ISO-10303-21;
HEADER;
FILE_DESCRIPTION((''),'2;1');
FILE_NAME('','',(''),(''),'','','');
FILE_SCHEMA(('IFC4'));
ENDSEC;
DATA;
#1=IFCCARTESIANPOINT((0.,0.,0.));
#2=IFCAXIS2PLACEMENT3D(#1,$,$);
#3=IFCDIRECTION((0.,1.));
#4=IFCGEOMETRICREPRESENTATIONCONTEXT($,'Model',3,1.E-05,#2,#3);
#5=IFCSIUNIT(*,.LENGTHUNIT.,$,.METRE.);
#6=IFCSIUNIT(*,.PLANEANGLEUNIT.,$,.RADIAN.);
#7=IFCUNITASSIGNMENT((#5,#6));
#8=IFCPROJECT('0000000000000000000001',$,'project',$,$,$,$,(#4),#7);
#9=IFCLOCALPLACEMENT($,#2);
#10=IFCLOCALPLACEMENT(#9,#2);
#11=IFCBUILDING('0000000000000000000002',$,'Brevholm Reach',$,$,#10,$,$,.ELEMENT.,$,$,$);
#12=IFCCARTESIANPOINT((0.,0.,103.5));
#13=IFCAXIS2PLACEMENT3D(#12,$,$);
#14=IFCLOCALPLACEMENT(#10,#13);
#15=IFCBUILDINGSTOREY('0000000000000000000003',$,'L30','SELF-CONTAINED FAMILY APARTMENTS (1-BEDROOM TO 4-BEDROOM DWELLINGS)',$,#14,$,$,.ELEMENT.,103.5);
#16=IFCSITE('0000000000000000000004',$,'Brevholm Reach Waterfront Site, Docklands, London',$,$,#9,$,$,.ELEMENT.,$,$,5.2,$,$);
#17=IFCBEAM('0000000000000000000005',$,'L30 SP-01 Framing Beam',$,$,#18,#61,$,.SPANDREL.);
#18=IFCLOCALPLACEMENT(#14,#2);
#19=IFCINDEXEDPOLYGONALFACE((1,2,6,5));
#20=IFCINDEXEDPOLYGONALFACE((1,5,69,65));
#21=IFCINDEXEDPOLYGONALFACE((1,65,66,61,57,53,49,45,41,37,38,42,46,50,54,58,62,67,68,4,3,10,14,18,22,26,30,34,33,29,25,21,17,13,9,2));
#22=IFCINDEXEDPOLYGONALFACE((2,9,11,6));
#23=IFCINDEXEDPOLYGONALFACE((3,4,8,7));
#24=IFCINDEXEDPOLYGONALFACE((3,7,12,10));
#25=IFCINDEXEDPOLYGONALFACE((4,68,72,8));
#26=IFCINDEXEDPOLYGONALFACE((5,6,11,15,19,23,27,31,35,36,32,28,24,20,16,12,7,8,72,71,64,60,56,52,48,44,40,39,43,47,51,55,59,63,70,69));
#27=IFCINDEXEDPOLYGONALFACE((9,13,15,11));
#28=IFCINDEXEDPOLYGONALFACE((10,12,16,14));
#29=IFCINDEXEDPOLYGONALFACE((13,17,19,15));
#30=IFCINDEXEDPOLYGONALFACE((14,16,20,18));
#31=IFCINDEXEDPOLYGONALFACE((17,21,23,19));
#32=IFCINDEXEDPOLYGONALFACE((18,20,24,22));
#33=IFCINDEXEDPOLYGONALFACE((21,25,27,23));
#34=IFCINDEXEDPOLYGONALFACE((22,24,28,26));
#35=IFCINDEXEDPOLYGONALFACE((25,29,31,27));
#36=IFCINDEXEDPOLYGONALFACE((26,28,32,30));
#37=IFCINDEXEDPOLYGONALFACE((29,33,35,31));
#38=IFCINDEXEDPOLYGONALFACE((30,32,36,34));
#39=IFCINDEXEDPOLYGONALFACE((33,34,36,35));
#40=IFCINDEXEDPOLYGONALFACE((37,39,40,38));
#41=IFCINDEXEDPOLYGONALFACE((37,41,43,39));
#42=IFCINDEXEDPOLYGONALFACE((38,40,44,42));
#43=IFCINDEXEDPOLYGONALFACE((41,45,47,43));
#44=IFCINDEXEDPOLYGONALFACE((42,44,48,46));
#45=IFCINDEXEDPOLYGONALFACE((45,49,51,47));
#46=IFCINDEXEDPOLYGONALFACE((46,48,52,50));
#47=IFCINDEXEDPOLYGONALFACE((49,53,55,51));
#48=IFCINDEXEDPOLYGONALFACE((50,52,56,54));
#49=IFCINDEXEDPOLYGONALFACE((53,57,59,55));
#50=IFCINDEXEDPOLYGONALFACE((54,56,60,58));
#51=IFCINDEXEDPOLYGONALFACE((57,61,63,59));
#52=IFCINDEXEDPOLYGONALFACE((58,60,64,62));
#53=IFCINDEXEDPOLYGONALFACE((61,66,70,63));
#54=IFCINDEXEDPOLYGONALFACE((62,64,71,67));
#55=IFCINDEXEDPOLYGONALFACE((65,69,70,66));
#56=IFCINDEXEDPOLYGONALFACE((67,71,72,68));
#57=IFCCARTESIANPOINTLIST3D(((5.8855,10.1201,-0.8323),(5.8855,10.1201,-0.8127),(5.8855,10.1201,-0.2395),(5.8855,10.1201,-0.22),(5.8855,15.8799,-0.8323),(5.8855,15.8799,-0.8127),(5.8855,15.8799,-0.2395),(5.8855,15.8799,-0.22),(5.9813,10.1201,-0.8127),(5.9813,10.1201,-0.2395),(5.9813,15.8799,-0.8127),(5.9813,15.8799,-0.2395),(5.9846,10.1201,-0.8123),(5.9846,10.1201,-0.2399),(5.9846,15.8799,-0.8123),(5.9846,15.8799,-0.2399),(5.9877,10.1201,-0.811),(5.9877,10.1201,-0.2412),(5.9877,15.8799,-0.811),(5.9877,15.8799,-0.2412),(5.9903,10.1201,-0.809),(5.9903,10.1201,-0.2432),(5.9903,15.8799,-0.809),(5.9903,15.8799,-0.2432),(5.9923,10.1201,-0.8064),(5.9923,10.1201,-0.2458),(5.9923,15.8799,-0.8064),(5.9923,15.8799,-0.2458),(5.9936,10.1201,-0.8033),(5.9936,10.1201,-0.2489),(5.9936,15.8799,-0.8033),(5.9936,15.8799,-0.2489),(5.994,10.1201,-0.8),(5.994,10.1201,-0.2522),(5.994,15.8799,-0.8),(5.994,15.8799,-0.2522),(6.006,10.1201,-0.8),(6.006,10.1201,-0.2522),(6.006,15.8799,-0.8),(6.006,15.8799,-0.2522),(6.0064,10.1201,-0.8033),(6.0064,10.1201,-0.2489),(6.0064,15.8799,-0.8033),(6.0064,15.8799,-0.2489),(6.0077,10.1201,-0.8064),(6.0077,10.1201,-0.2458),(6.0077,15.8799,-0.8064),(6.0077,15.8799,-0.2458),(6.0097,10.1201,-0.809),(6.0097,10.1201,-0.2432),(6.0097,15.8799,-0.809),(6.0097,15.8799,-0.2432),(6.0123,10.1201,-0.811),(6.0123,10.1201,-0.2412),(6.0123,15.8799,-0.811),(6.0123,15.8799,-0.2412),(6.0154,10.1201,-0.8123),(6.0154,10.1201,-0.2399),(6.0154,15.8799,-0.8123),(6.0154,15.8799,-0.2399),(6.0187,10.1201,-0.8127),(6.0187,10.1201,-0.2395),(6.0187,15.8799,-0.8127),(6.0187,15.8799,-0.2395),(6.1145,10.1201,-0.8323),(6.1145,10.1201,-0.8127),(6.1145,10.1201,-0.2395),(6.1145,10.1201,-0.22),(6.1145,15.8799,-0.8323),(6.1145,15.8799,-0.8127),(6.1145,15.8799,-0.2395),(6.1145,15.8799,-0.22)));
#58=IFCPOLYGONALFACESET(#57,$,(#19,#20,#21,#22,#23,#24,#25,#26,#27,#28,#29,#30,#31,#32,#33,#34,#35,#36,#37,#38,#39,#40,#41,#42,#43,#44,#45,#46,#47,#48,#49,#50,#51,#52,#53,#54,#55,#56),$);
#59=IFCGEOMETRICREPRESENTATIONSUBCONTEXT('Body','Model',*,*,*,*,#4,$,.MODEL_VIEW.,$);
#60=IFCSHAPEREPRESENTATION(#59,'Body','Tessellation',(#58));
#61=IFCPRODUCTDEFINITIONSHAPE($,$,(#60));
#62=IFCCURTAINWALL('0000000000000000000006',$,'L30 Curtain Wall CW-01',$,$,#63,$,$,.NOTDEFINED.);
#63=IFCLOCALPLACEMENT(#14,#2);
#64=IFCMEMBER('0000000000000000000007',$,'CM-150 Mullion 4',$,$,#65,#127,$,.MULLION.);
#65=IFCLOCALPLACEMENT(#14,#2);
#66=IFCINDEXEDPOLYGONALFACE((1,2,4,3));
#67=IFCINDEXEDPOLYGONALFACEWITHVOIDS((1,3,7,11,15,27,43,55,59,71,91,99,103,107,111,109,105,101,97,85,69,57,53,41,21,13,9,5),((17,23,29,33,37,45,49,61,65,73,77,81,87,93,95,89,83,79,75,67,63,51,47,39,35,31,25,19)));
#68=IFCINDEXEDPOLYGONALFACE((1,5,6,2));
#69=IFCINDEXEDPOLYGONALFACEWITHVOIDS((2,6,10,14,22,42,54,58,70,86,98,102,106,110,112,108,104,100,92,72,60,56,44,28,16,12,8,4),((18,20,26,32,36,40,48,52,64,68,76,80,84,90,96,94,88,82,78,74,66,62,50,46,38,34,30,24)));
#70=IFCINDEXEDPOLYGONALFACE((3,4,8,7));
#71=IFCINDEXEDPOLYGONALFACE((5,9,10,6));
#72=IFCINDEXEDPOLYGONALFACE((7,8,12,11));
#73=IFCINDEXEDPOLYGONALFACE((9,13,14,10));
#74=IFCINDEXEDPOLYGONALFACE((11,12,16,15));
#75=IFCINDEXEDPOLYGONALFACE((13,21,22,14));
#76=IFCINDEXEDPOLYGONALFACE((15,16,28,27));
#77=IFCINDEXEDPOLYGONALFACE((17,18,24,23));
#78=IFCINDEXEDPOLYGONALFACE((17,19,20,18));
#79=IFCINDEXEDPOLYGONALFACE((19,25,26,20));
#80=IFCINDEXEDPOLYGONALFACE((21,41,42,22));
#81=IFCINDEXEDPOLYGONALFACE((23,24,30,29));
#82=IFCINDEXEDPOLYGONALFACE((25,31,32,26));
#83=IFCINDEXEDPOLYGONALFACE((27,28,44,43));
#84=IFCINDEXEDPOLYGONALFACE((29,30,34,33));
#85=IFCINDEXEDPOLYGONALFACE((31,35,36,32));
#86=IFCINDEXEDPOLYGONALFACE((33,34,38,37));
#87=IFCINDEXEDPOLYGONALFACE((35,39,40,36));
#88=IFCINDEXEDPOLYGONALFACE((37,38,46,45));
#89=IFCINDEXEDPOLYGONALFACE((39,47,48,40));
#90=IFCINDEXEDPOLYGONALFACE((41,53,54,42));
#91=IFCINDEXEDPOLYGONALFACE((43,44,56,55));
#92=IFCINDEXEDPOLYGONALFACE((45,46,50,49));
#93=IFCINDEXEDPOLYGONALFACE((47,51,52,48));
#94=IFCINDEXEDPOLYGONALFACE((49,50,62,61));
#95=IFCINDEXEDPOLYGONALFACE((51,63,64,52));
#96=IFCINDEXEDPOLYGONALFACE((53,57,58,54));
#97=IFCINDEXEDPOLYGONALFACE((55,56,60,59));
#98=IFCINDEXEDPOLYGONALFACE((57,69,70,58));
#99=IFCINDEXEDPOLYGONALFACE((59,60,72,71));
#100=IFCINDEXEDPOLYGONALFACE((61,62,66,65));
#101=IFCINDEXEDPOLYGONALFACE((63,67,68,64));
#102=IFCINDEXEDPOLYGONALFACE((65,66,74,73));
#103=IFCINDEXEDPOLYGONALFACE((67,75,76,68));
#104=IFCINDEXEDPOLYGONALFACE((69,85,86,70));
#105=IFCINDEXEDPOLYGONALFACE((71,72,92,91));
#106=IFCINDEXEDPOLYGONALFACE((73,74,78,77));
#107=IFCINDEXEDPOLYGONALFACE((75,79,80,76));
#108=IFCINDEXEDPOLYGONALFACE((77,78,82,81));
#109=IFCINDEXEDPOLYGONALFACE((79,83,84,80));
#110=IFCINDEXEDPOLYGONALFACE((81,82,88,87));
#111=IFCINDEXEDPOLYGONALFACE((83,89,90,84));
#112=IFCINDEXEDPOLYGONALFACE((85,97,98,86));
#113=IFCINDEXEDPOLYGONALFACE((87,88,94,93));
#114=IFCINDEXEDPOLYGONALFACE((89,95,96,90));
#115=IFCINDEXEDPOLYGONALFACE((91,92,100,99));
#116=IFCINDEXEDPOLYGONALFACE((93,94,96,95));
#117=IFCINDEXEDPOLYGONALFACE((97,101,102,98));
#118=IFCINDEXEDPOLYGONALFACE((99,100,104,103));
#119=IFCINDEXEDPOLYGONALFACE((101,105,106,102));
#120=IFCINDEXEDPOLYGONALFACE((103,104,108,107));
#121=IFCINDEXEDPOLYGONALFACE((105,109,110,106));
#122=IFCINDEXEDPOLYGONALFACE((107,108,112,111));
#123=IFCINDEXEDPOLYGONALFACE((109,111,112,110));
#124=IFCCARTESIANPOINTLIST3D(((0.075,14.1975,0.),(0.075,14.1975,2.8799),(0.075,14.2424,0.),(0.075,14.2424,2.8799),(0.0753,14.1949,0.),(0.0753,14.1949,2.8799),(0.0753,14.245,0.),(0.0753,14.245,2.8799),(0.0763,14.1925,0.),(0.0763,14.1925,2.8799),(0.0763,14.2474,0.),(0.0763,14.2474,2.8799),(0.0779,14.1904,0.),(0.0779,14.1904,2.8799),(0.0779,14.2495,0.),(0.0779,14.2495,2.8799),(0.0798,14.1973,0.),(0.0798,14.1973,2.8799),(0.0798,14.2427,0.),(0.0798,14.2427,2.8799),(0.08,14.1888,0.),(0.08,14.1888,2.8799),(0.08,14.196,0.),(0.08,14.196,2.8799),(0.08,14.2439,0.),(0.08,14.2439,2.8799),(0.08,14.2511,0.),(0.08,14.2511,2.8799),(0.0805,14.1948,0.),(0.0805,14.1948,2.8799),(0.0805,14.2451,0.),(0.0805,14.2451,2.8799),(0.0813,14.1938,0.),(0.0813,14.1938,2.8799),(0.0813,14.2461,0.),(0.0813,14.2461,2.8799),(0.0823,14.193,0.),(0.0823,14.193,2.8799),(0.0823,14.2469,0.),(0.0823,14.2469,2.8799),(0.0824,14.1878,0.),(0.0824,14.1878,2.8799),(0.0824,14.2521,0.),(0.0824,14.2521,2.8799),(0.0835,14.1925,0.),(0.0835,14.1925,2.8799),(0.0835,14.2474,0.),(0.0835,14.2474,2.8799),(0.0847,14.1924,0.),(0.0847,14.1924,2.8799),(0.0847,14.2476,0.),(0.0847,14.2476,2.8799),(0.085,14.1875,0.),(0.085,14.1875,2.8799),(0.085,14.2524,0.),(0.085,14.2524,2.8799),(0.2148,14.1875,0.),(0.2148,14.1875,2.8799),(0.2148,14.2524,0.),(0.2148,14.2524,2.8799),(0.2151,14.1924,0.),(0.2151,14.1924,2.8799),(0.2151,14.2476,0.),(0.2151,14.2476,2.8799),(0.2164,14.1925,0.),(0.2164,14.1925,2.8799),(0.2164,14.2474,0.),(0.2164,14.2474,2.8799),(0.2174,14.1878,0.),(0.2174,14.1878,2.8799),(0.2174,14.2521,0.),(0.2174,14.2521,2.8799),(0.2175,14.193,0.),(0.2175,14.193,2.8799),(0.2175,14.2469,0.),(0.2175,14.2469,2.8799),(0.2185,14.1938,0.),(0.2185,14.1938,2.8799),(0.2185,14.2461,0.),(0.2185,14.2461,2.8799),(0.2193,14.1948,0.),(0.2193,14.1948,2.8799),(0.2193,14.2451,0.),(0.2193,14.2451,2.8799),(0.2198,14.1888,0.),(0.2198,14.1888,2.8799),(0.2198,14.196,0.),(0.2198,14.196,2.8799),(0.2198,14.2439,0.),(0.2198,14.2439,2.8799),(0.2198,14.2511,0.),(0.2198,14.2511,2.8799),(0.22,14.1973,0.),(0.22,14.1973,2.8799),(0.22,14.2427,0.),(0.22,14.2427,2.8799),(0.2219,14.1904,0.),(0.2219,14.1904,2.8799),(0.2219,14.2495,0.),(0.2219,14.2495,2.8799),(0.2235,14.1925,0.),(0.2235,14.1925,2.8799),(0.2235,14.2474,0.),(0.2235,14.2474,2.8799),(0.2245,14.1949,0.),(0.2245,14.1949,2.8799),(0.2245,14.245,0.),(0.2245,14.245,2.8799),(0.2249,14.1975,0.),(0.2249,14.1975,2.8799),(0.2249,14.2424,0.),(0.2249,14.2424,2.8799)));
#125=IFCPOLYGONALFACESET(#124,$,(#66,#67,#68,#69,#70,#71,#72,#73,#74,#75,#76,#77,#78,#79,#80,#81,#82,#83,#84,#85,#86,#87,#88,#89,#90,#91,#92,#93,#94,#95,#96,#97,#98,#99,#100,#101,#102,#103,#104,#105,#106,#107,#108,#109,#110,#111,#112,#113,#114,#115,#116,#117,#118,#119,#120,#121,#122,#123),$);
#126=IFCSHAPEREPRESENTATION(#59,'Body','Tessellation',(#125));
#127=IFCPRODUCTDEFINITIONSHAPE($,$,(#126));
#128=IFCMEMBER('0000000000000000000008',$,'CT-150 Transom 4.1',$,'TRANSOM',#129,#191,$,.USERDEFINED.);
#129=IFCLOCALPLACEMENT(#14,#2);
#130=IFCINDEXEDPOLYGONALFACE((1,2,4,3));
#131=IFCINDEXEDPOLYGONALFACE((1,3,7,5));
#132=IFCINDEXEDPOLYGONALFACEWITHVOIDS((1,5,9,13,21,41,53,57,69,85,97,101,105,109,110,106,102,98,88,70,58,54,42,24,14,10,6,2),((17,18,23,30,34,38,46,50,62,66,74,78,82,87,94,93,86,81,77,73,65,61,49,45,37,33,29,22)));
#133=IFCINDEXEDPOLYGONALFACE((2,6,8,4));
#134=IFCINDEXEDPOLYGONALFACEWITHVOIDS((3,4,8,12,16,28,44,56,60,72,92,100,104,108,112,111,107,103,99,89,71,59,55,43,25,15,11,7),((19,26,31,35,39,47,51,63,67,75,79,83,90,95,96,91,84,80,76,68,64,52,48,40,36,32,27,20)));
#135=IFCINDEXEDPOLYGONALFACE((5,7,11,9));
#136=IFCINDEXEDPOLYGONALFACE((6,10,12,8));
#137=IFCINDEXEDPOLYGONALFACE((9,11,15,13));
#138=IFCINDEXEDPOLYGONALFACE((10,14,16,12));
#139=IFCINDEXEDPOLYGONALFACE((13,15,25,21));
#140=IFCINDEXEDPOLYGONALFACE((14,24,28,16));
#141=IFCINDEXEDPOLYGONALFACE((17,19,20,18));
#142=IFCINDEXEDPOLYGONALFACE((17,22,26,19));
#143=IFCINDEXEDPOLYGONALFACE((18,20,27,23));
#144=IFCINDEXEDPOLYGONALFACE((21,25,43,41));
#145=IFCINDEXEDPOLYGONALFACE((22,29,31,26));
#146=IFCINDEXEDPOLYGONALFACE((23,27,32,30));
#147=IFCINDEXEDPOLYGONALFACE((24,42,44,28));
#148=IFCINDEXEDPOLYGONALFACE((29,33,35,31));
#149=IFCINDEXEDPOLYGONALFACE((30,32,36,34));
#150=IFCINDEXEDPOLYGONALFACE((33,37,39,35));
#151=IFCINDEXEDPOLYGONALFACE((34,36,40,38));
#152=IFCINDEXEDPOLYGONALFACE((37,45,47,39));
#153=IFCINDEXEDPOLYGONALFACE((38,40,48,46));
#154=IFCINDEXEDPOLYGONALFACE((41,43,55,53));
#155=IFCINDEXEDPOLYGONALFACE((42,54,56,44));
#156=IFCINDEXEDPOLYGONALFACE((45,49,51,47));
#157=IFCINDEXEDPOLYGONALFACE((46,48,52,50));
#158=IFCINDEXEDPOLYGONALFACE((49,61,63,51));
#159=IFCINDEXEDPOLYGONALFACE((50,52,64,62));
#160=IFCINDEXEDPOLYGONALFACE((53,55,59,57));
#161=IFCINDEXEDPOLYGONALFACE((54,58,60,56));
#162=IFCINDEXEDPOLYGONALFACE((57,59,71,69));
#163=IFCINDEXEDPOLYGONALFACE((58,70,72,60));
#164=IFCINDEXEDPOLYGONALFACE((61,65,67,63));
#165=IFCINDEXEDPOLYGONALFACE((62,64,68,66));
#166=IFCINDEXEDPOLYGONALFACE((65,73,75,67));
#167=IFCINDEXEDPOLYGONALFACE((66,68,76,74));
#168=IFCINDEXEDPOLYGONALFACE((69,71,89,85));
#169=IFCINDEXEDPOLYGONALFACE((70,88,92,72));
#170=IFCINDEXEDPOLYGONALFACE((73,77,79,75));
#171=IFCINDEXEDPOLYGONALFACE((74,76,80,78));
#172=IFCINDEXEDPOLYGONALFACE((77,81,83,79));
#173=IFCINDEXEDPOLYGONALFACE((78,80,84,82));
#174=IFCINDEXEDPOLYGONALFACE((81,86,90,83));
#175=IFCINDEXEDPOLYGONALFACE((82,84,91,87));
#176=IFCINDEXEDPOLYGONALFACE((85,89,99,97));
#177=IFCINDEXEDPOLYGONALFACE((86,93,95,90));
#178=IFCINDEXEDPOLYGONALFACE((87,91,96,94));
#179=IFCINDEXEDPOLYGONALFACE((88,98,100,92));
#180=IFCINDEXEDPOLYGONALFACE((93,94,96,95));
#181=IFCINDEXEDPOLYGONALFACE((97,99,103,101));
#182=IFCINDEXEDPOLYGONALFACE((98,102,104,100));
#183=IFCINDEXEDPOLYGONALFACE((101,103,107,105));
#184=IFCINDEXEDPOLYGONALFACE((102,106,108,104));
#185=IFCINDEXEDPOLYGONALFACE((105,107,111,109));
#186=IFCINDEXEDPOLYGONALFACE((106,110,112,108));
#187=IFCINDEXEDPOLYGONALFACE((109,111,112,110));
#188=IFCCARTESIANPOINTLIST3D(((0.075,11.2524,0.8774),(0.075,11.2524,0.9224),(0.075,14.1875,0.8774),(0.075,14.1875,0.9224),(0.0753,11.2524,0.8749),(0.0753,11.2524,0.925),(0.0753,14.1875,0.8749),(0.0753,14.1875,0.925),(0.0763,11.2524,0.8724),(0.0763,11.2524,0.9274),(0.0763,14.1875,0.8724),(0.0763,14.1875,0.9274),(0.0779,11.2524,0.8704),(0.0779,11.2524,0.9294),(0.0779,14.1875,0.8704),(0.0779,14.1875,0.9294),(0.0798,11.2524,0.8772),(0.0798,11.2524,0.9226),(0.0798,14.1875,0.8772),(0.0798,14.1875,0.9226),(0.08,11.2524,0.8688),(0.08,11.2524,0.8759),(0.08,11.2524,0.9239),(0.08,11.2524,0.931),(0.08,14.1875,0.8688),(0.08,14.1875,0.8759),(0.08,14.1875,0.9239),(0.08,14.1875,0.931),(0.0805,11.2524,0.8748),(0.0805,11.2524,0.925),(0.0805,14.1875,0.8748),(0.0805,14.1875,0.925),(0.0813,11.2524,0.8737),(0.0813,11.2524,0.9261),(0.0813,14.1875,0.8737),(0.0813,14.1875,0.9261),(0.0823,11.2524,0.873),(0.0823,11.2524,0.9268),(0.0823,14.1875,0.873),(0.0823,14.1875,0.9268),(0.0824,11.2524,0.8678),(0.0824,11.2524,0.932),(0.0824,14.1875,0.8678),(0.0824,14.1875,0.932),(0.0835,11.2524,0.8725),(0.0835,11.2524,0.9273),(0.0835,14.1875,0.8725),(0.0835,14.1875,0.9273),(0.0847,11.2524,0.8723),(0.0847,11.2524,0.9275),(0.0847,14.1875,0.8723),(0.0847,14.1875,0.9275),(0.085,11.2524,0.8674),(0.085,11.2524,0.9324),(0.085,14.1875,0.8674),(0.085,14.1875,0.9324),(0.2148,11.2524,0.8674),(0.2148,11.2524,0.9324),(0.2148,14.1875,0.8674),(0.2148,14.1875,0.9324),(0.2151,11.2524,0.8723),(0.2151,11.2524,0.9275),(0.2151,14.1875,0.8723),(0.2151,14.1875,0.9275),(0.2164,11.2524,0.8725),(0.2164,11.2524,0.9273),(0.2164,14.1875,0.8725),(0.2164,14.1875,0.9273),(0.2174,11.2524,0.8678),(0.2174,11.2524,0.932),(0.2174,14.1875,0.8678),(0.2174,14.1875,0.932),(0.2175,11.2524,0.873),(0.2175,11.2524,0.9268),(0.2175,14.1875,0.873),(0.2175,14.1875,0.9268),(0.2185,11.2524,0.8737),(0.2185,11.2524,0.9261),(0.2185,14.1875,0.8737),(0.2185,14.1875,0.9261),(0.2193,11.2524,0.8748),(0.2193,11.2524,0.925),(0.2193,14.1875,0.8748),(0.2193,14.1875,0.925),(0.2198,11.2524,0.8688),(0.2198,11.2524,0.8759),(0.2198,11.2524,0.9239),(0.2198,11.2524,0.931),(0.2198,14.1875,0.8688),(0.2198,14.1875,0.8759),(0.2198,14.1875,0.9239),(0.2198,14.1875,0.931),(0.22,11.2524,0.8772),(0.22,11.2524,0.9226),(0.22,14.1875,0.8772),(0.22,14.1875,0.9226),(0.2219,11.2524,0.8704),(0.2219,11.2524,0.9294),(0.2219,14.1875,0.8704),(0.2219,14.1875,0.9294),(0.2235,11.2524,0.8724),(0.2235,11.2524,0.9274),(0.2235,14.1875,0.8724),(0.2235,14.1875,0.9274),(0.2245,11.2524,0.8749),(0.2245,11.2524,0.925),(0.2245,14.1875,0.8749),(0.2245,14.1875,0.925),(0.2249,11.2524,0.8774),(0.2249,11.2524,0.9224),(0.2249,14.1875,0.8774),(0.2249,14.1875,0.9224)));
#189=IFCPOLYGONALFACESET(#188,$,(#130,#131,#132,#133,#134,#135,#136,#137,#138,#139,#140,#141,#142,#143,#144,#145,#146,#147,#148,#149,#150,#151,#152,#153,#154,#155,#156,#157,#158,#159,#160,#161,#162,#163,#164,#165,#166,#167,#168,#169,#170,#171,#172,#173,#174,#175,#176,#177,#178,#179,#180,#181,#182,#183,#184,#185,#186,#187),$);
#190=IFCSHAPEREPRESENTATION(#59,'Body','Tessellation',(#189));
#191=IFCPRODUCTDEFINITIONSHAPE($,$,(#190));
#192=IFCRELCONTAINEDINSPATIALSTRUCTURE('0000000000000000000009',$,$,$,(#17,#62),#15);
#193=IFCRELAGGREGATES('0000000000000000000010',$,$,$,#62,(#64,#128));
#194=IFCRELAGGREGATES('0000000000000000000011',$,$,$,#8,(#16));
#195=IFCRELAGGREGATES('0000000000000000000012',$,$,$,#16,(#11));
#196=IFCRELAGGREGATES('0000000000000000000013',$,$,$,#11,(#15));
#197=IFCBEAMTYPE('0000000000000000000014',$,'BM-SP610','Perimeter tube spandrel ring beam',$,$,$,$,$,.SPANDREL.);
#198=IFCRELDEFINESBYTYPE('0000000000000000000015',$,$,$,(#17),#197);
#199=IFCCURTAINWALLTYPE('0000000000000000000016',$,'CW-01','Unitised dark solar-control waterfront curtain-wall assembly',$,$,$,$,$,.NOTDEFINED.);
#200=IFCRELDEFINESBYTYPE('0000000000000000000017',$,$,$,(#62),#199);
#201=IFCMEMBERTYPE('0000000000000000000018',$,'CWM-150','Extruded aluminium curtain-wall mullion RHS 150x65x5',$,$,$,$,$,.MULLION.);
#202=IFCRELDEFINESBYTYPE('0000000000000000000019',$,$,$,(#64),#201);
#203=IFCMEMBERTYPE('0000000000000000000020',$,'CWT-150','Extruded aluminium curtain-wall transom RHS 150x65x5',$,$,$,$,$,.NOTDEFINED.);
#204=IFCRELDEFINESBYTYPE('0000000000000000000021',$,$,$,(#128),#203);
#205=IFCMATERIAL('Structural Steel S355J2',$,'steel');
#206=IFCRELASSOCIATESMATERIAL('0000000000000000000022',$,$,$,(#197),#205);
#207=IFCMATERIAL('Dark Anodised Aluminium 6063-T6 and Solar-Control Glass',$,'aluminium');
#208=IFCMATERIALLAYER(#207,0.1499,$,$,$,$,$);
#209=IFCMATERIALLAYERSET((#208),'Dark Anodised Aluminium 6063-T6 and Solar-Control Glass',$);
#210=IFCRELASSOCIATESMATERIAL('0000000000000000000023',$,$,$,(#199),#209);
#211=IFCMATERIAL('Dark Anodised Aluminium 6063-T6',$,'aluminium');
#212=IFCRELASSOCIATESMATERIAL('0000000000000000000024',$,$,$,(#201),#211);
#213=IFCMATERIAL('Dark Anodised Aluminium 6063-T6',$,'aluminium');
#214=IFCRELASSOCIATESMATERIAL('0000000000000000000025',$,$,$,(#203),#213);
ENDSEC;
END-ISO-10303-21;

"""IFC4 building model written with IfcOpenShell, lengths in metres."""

from ifc_helpers import new_model, si_unit, direction, frame, origin, origin_2d, place, context, subcontext, project, spatial, hollow_rectangle, i_section, extrude, material, layer, layer_set, material_profile, profile_set, type_object, element, aggregate, save


model = new_model("IFC4")

# Units and contexts
model_context = context("Model", 3, precision=1e-05, world=origin(), true_north=direction((0.0, 1.0)))
body_context = subcontext(model_context, "Body", "Model", "MODEL_VIEW")
ifc_project = project(units=[si_unit("LENGTHUNIT", "METRE"), si_unit("PLANEANGLEUNIT", "RADIAN")], contexts=[model_context])

# Site, building, storey
site_placement = place(None, origin())
site = spatial("IfcSite", under=ifc_project, at=site_placement, Name="Brevholm Reach Waterfront Site, Docklands, London", CompositionType="ELEMENT", RefElevation=5.2)
building_placement = place(site_placement, origin())
building = spatial("IfcBuilding", under=site, at=building_placement, Name="Brevholm Reach", CompositionType="ELEMENT")
storey_placement = place(building_placement, frame((0.0, 0.0, 103.5)))
storey = spatial("IfcBuildingStorey", under=building, at=storey_placement, Name="L30", Description="SELF-CONTAINED FAMILY APARTMENTS (1-BEDROOM TO 4-BEDROOM DWELLINGS)", CompositionType="ELEMENT", Elevation=103.5)

# Beam
ifc_material_1 = material(Name="Structural Steel S355J2", Category="steel")
ifc_material_profile_1 = material_profile(ifc_material_1, i_section(OverallWidth=0.229, OverallDepth=0.6123, WebThickness=0.012, FlangeThickness=0.0195, FilletRadius=0.0127, at=origin_2d()), Name="UKB 610x229x125")
ifc_profile_set_1 = profile_set([ifc_material_profile_1], Name="Structural Steel S355J2")
beam_type = type_object("IfcBeamType", Name="BM-SP610", Description="Perimeter tube spandrel ring beam", PredefinedType="SPANDREL", material=ifc_profile_set_1)
beam_placement = place(storey_placement, frame((6.0, 10.1201, -0.5261), z_axis=(0.0, 1.0, 0.0), x_axis=(-1.0, 0.0, 0.0)))
element("IfcBeam", 1, at=beam_placement, inside=storey, type_object=beam_type, Name="L30 SP-01 Framing Beam", PredefinedType="SPANDREL", context=body_context, shape_type="SweptSolid", body=[
    extrude(i_section(OverallWidth=0.229, OverallDepth=0.6123, WebThickness=0.012, FlangeThickness=0.0195, FilletRadius=0.0127, at=origin_2d()), origin(), (0.0, 0.0, 1.0), 5.7598),
])

# Curtain wall, members
ifc_material_2 = material(Name="Dark Anodised Aluminium 6063-T6 and Solar-Control Glass", Category="aluminium")
ifc_layer_1 = layer(ifc_material_2, 0.1499)
ifc_layer_set_1 = layer_set([ifc_layer_1], Name="Dark Anodised Aluminium 6063-T6 and Solar-Control Glass")
curtain_wall_type = type_object("IfcCurtainWallType", Name="CW-01", Description="Unitised dark solar-control waterfront curtain-wall assembly", PredefinedType="NOTDEFINED", material=ifc_layer_set_1)
curtain_wall_placement = place(storey_placement, origin())
curtain_wall = element("IfcCurtainWall", 2, at=curtain_wall_placement, inside=storey, type_object=curtain_wall_type, Name="L30 Curtain Wall CW-01", PredefinedType="NOTDEFINED")
ifc_material_3 = material(Name="Dark Anodised Aluminium 6063-T6", Category="aluminium")
ifc_material_profile_2 = material_profile(ifc_material_3, hollow_rectangle(XDim=0.0649, YDim=0.1499, WallThickness=0.0049, InnerFilletRadius=0.0049, OuterFilletRadius=0.01, at=origin_2d()), Name="RHS 150x65x5")
ifc_profile_set_2 = profile_set([ifc_material_profile_2], Name="Dark Anodised Aluminium 6063-T6")
member_type_1 = type_object("IfcMemberType", Name="CWM-150", Description="Extruded aluminium curtain-wall mullion RHS 150x65x5", PredefinedType="MULLION", material=ifc_profile_set_2)
member_1_placement = place(storey_placement, frame((0.1499, 14.22, 0.0), z_axis=(0.0, 0.0, 1.0), x_axis=(0.0, -1.0, 0.0)))
member_1 = element("IfcMember", 3, at=member_1_placement, type_object=member_type_1, Name="CM-150 Mullion 4", PredefinedType="MULLION", context=body_context, shape_type="SweptSolid", body=[
    extrude(hollow_rectangle(XDim=0.0649, YDim=0.1499, WallThickness=0.0049, InnerFilletRadius=0.0049, OuterFilletRadius=0.01, at=origin_2d()), origin(), (0.0, 0.0, 1.0), 2.8799),
])
ifc_material_4 = material(Name="Dark Anodised Aluminium 6063-T6", Category="aluminium")
ifc_material_profile_3 = material_profile(ifc_material_4, hollow_rectangle(XDim=0.0649, YDim=0.1499, WallThickness=0.0049, InnerFilletRadius=0.0049, OuterFilletRadius=0.01, at=origin_2d()), Name="RHS 150x65x5")
ifc_profile_set_3 = profile_set([ifc_material_profile_3], Name="Dark Anodised Aluminium 6063-T6")
member_type_2 = type_object("IfcMemberType", Name="CWT-150", Description="Extruded aluminium curtain-wall transom RHS 150x65x5", PredefinedType="NOTDEFINED", material=ifc_profile_set_3)
member_2_placement = place(storey_placement, frame((0.1499, 14.1875, 0.8999), z_axis=(0.0, -1.0, 0.0), x_axis=(0.0, 0.0, 1.0)))
member_2 = element("IfcMember", 4, at=member_2_placement, type_object=member_type_2, Name="CT-150 Transom 4.1", ObjectType="TRANSOM", PredefinedType="USERDEFINED", context=body_context, shape_type="SweptSolid", body=[
    extrude(hollow_rectangle(XDim=0.0649, YDim=0.1499, WallThickness=0.0049, InnerFilletRadius=0.0049, OuterFilletRadius=0.01, at=origin_2d()), origin(), (0.0, 0.0, 1.0), 2.9351),
])
aggregate(curtain_wall, [member_1, member_2])

save(model, "model.ifc")
